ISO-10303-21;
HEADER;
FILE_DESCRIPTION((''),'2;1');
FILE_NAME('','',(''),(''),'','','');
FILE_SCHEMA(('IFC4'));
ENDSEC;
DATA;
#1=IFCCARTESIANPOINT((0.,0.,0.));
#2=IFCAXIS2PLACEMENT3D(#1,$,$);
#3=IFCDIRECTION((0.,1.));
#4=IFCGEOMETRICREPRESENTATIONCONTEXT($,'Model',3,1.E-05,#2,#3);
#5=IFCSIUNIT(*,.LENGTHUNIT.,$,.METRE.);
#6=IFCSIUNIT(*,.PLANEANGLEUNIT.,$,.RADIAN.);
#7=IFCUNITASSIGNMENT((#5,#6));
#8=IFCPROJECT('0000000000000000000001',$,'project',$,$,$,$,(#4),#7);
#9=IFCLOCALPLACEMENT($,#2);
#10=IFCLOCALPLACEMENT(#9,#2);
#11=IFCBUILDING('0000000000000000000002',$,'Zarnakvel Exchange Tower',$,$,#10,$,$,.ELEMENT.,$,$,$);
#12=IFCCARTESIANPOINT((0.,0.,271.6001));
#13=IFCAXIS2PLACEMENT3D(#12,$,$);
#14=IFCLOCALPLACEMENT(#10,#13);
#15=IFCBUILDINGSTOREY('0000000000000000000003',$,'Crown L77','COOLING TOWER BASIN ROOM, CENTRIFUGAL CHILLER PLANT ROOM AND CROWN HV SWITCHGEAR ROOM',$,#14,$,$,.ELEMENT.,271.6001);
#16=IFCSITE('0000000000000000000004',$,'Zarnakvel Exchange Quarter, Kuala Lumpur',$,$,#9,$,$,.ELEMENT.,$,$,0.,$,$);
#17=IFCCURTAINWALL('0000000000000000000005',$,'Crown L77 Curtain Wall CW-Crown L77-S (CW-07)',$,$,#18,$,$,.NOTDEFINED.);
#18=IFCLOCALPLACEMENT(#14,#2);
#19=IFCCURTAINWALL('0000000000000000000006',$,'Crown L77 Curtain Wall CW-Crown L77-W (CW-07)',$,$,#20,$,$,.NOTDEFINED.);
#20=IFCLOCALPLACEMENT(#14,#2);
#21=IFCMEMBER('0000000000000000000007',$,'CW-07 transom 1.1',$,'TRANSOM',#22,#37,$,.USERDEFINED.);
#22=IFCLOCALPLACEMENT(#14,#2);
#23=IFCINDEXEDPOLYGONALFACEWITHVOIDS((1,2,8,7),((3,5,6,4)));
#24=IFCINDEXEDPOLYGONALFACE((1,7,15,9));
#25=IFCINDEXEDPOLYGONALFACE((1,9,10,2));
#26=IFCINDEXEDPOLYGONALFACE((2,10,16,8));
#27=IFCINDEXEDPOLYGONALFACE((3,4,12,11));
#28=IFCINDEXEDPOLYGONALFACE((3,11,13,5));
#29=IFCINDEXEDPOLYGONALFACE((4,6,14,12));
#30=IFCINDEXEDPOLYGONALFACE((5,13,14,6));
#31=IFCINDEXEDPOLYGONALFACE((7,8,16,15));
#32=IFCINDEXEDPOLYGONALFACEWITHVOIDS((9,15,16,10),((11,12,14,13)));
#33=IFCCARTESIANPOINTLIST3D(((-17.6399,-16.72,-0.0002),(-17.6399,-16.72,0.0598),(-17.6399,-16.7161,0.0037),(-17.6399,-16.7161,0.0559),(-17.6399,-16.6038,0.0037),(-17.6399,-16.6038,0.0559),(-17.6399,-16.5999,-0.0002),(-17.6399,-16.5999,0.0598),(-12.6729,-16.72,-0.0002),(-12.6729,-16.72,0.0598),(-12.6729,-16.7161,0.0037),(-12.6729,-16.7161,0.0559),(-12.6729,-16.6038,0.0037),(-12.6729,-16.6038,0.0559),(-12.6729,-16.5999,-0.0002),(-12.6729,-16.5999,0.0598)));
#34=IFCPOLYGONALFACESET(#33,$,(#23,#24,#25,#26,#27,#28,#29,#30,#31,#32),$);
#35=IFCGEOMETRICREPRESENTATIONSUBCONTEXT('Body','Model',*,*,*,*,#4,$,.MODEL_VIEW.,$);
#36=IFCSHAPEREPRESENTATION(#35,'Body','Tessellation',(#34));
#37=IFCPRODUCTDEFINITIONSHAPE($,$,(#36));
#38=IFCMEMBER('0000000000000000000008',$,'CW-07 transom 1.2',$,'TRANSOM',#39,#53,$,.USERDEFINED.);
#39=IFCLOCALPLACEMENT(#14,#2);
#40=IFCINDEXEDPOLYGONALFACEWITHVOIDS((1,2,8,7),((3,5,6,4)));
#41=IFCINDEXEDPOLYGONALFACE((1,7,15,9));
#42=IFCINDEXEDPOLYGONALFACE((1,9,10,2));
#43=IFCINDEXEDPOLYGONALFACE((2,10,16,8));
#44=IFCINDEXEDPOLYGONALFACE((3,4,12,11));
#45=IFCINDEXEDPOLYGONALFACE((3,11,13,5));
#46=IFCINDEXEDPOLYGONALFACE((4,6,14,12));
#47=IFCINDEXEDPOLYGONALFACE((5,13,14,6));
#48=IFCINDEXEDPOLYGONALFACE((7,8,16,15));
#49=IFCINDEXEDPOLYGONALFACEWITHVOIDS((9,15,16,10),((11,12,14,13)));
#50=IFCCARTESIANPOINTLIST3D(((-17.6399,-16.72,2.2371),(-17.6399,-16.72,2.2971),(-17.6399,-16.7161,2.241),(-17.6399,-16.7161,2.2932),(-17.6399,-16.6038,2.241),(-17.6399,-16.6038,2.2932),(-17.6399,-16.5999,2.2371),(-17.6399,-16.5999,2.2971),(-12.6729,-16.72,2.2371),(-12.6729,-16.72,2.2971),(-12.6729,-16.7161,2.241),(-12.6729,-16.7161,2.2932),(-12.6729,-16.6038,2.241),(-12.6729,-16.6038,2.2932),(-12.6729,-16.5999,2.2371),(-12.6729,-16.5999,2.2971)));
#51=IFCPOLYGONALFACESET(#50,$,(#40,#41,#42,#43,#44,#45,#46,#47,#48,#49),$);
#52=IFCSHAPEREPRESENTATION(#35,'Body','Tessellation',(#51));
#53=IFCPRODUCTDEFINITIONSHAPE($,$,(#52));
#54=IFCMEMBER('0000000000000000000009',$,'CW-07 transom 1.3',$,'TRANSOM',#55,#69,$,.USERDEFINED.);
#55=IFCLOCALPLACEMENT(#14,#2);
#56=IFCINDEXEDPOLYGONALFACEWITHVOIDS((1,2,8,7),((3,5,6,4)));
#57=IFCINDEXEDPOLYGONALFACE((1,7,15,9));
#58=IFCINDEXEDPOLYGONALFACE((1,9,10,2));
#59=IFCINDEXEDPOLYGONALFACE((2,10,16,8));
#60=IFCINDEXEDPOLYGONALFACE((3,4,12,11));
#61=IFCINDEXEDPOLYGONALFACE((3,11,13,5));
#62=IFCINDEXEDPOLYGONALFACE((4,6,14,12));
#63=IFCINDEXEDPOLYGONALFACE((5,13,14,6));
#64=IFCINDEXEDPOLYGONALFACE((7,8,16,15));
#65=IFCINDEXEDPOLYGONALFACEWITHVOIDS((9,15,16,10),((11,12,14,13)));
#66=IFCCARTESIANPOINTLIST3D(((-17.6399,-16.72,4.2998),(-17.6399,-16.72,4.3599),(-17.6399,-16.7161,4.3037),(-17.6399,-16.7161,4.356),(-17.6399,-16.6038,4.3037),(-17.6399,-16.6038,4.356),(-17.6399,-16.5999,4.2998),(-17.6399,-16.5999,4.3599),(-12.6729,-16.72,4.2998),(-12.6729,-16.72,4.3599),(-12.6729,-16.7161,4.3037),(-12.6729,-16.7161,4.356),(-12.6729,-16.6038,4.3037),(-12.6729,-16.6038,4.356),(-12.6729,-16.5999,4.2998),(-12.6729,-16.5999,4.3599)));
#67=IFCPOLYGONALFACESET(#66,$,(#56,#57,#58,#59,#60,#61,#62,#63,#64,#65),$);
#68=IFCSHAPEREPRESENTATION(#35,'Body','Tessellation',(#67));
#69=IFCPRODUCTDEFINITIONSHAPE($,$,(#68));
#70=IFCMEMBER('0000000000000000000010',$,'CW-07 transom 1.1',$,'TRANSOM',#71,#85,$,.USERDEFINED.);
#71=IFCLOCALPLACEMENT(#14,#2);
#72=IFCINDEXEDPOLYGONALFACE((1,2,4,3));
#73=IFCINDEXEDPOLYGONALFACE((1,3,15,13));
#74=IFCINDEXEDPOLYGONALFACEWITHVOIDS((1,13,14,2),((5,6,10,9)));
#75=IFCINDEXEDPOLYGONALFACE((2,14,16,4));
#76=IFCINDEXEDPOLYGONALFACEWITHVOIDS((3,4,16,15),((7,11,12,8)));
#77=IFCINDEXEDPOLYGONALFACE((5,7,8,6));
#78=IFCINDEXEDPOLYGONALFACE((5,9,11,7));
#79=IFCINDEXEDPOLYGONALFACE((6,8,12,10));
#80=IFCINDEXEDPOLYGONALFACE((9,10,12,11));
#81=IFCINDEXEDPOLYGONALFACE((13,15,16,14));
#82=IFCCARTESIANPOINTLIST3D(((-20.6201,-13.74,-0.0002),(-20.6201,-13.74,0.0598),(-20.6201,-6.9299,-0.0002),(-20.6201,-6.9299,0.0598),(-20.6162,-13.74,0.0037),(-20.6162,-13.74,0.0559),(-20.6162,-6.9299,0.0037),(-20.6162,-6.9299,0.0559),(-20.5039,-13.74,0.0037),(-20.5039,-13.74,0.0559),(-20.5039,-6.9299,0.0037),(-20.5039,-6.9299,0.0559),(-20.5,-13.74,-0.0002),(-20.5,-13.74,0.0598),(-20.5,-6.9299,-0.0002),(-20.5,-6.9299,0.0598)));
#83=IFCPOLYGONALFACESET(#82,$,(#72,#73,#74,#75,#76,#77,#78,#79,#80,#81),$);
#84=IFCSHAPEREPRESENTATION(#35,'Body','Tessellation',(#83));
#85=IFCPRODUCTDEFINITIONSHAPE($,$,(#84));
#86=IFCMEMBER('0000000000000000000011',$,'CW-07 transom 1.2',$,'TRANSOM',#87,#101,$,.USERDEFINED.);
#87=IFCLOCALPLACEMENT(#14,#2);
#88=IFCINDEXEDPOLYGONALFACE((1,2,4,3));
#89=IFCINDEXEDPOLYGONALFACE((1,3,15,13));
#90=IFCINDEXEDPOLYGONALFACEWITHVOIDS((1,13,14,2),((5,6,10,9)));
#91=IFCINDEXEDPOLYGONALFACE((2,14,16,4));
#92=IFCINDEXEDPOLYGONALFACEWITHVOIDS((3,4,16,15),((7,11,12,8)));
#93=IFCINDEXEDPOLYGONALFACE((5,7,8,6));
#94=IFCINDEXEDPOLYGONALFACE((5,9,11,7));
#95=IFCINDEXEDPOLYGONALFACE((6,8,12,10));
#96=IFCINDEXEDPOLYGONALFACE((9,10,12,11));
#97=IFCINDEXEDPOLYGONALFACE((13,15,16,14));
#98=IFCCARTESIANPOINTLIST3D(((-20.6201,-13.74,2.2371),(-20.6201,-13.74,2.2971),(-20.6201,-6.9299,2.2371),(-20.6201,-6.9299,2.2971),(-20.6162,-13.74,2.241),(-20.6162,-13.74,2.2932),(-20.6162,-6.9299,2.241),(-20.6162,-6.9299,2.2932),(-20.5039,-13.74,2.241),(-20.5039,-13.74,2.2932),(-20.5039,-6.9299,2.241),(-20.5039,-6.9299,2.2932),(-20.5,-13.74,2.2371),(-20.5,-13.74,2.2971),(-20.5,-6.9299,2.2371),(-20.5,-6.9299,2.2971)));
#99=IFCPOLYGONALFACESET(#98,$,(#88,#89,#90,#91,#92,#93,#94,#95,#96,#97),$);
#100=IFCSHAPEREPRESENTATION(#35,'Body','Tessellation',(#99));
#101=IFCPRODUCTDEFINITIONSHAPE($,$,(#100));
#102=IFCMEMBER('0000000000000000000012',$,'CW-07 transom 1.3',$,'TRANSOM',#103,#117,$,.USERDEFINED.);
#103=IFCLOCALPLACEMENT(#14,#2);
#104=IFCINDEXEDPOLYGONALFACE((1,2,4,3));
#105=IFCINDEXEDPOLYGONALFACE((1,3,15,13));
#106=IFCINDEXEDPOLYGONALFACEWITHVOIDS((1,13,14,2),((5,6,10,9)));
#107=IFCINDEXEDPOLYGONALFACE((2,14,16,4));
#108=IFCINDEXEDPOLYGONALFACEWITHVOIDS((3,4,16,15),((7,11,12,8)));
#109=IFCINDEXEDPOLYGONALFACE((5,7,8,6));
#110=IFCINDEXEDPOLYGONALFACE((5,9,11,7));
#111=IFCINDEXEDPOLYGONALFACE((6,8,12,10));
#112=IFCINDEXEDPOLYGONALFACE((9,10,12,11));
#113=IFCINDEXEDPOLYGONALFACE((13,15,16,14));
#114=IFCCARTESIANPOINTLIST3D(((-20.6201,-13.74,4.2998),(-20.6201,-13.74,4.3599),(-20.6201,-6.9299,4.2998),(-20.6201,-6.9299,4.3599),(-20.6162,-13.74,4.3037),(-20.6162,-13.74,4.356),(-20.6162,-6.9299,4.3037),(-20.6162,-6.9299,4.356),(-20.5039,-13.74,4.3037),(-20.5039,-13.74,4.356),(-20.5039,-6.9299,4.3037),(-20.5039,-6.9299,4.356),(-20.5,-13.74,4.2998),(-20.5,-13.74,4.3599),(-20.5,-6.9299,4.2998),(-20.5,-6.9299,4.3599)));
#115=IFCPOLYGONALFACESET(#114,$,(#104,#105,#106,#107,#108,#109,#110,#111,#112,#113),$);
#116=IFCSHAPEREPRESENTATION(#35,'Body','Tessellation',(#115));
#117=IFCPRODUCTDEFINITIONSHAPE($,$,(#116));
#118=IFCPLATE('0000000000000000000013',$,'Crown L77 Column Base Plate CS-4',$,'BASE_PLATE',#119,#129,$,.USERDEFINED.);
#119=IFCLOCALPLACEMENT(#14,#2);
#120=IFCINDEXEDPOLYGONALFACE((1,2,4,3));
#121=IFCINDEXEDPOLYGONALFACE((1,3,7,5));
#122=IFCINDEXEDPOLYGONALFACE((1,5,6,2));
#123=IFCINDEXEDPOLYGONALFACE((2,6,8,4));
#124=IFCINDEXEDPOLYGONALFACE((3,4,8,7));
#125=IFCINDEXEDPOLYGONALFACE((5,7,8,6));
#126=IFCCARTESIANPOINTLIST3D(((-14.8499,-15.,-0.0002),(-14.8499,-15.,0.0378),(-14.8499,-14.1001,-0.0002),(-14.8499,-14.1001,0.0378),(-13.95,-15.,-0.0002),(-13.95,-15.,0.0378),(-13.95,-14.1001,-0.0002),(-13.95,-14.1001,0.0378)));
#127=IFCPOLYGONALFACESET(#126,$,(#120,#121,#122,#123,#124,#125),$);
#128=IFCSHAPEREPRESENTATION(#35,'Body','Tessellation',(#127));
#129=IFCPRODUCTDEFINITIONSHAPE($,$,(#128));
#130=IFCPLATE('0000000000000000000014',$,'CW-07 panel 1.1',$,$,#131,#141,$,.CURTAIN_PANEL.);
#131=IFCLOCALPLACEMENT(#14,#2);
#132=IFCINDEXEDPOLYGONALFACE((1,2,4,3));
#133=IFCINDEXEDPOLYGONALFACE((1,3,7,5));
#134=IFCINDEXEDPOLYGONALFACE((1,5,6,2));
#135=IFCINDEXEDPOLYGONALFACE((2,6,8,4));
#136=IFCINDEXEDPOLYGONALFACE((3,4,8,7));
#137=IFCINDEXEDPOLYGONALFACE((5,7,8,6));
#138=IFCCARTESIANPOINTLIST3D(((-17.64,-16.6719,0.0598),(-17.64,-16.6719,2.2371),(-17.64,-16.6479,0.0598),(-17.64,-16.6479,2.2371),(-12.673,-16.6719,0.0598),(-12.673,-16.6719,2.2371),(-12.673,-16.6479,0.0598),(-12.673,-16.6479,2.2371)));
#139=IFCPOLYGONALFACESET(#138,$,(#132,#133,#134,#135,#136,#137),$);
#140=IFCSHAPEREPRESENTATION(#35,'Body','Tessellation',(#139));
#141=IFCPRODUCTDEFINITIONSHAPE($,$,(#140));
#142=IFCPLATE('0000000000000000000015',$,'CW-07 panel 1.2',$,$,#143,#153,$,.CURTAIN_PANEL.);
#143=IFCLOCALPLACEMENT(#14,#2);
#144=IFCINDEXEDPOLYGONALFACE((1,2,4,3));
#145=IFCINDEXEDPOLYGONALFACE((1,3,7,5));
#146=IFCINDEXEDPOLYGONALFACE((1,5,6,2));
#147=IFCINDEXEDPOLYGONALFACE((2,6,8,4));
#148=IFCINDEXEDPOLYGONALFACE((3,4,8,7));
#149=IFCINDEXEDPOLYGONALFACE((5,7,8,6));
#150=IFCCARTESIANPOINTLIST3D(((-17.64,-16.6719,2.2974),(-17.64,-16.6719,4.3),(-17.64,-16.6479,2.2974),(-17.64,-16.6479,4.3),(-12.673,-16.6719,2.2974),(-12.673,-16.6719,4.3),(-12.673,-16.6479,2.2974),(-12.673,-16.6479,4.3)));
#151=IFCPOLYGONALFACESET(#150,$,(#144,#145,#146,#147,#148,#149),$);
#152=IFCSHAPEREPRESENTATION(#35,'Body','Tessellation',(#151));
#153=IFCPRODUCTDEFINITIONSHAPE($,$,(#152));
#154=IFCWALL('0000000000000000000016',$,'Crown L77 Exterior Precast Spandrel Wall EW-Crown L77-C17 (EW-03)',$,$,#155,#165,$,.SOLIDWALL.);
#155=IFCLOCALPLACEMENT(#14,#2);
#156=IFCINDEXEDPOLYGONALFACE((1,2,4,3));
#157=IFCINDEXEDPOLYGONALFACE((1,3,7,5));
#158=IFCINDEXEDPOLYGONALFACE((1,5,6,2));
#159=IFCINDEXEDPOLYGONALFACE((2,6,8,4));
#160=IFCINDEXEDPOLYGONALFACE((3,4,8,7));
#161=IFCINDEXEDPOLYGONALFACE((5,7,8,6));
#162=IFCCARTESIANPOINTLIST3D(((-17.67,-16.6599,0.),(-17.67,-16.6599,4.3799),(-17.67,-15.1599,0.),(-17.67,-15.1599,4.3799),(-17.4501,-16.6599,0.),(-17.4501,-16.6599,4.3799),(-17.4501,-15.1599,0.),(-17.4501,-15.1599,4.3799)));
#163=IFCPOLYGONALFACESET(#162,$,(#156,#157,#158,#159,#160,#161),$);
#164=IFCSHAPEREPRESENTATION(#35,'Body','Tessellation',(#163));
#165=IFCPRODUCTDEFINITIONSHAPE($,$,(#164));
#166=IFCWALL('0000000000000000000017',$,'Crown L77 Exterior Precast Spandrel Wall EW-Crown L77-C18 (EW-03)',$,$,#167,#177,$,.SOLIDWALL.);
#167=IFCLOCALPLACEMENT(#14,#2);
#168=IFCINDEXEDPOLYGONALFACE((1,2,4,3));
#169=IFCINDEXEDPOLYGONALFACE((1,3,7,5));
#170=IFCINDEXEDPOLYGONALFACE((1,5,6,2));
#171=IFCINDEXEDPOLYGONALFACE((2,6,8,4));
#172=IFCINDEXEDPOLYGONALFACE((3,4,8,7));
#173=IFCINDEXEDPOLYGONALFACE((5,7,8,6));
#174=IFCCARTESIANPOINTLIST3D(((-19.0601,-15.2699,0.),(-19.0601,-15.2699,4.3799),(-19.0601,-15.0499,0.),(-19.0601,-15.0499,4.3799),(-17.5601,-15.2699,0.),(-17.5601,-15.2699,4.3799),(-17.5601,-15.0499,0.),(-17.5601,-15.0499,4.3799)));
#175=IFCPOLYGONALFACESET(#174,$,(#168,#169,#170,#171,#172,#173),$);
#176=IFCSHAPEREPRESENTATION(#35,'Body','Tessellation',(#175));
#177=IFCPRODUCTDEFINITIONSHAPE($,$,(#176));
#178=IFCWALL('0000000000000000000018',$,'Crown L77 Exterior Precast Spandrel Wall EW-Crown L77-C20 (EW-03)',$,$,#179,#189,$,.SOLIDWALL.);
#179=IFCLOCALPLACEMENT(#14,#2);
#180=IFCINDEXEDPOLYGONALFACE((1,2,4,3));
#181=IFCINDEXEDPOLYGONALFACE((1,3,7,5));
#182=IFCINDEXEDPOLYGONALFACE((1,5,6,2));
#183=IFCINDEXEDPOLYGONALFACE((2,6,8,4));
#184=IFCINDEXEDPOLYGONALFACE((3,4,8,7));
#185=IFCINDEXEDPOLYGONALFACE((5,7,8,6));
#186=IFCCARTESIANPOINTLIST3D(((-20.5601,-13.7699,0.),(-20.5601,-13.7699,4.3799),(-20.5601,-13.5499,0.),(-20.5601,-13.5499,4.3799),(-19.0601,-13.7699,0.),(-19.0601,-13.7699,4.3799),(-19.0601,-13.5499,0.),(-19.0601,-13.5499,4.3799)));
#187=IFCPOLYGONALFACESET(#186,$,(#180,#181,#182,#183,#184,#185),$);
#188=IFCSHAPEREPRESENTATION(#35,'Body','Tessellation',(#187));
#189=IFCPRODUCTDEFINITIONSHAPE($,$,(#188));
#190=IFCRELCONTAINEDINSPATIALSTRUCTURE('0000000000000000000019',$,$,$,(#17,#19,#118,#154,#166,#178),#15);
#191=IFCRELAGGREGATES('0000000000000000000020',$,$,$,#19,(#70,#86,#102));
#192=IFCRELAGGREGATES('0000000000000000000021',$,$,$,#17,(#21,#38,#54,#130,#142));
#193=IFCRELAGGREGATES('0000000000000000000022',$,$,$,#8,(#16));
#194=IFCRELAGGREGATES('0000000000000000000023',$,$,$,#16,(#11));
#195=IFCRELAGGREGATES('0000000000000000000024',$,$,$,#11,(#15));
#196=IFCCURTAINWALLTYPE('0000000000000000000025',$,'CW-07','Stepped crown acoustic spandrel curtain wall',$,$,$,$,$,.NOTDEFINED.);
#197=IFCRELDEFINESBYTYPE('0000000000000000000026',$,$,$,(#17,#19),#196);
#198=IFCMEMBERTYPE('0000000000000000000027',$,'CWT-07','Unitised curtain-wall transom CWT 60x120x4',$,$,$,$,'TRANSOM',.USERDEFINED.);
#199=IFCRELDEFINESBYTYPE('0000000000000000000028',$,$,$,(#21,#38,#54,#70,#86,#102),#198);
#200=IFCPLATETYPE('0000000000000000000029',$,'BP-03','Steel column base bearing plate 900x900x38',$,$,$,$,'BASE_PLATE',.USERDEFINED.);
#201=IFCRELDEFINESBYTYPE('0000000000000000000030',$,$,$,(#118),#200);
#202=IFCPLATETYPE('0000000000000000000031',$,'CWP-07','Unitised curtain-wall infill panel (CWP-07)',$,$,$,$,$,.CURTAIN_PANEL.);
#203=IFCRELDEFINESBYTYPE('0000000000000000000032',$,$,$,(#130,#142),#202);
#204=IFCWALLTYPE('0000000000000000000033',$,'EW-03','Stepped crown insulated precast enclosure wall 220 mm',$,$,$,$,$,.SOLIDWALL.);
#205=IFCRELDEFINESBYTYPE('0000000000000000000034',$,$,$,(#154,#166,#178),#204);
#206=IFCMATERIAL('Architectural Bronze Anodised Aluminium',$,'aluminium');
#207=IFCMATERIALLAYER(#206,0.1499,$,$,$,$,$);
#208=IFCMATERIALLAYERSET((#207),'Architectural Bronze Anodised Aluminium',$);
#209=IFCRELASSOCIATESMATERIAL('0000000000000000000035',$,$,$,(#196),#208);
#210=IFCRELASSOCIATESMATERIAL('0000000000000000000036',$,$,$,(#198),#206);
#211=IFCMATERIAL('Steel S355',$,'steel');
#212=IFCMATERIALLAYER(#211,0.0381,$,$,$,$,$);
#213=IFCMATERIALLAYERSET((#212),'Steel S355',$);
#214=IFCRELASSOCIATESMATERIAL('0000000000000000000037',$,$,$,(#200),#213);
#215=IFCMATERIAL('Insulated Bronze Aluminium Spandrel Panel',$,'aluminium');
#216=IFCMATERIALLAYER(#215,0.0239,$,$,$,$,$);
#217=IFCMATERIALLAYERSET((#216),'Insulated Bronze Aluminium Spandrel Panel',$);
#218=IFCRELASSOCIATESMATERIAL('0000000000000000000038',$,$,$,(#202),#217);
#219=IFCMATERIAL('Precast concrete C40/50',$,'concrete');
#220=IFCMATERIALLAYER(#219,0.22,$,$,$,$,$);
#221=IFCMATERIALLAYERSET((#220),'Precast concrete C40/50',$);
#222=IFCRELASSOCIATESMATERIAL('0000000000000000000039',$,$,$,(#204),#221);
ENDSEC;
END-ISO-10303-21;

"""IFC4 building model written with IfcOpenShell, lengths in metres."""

from ifc_helpers import new_model, si_unit, direction, frame, frame_2d, origin, origin_2d, place, context, subcontext, project, spatial, rectangle, hollow_rectangle, extrude, source, transform, mapped, material, layer, layer_set, material_profile, profile_set, type_object, element, aggregate, save


model = new_model("IFC4")

# Units and contexts
model_context = context("Model", 3, precision=1e-05, world=origin(), true_north=direction((0.0, 1.0)))
body_context = subcontext(model_context, "Body", "Model", "MODEL_VIEW")
ifc_project = project(units=[si_unit("LENGTHUNIT", "METRE"), si_unit("PLANEANGLEUNIT", "RADIAN")], contexts=[model_context])

# Site, building, storey
site_placement = place(None, origin())
site = spatial("IfcSite", under=ifc_project, at=site_placement, Name="Zarnakvel Exchange Quarter, Kuala Lumpur", CompositionType="ELEMENT", RefElevation=0.0)
building_placement = place(site_placement, origin())
building = spatial("IfcBuilding", under=site, at=building_placement, Name="Zarnakvel Exchange Tower", CompositionType="ELEMENT")
storey_placement = place(building_placement, frame((0.0, 0.0, 271.6001)))
storey = spatial("IfcBuildingStorey", under=building, at=storey_placement, Name="Crown L77", Description="COOLING TOWER BASIN ROOM, CENTRIFUGAL CHILLER PLANT ROOM AND CROWN HV SWITCHGEAR ROOM", CompositionType="ELEMENT", Elevation=271.6001)

# Shared definitions
ifc_material_1 = material(Name="Steel S355", Category="steel")

# Curtain walls
ifc_material_2 = material(Name="Architectural Bronze Anodised Aluminium", Category="aluminium")
ifc_layer_1 = layer(ifc_material_2, 0.1499)
ifc_layer_set_1 = layer_set([ifc_layer_1], Name="Architectural Bronze Anodised Aluminium")
curtain_wall_type = type_object("IfcCurtainWallType", Name="CW-07", Description="Stepped crown acoustic spandrel curtain wall", PredefinedType="NOTDEFINED", material=ifc_layer_set_1)
curtain_wall_1_placement = place(storey_placement, origin())
curtain_wall_1 = element("IfcCurtainWall", 1, at=curtain_wall_1_placement, inside=storey, type_object=curtain_wall_type, Name="Crown L77 Curtain Wall CW-Crown L77-S (CW-07)", PredefinedType="NOTDEFINED")
curtain_wall_2_placement = place(storey_placement, origin())
curtain_wall_2 = element("IfcCurtainWall", 2, at=curtain_wall_2_placement, inside=storey, type_object=curtain_wall_type, Name="Crown L77 Curtain Wall CW-Crown L77-W (CW-07)", PredefinedType="NOTDEFINED")

# Members
ifc_material_profile_1 = material_profile(ifc_material_2, hollow_rectangle(XDim=0.1201, YDim=0.0601, WallThickness=0.0039, at=origin_2d()))
ifc_profile_set_1 = profile_set([ifc_material_profile_1], Name="Architectural Bronze Anodised Aluminium")
member_type_1 = type_object("IfcMemberType", Name="CWT-07", Description="Unitised curtain-wall transom CWT 60x120x4", ElementType="TRANSOM", PredefinedType="USERDEFINED", material=ifc_profile_set_1)
shared_shape_1 = source(origin(), body_context, "Body", "SweptSolid", [
    extrude(hollow_rectangle(XDim=0.1201, YDim=0.0601, WallThickness=0.0039, at=origin_2d()), origin(), (0.0, 0.0, 1.0), 4.967),
])
member_1_placement = place(storey_placement, frame((-17.6399, -16.6599, 0.0298), z_axis=(1.0, 0.0, 0.0), x_axis=(0.0, 1.0, 0.0)))
member_1 = element("IfcMember", 3, at=member_1_placement, type_object=member_type_1, Name="CW-07 transom 1.1", ObjectType="TRANSOM", PredefinedType="USERDEFINED", context=body_context, shape_type="MappedRepresentation", body=[
    mapped(shared_shape_1, transform((0.0, 0.0, 0.0), x_axis=(1.0, 0.0, 0.0), y_axis=(0.0, 1.0, 0.0), z_axis=(0.0, 0.0, 1.0), scale=1.0)),
])
member_2_placement = place(storey_placement, frame((-17.6399, -16.6599, 2.2671), z_axis=(1.0, 0.0, 0.0), x_axis=(0.0, 1.0, 0.0)))
member_2 = element("IfcMember", 4, at=member_2_placement, type_object=member_type_1, Name="CW-07 transom 1.2", ObjectType="TRANSOM", PredefinedType="USERDEFINED", context=body_context, shape_type="MappedRepresentation", body=[
    mapped(shared_shape_1, transform((0.0, 0.0, 0.0), x_axis=(1.0, 0.0, 0.0), y_axis=(0.0, 1.0, 0.0), z_axis=(0.0, 0.0, 1.0), scale=1.0)),
])
member_3_placement = place(storey_placement, frame((-17.6399, -16.6599, 4.3298), z_axis=(1.0, 0.0, 0.0), x_axis=(0.0, 1.0, 0.0)))
member_3 = element("IfcMember", 5, at=member_3_placement, type_object=member_type_1, Name="CW-07 transom 1.3", ObjectType="TRANSOM", PredefinedType="USERDEFINED", context=body_context, shape_type="MappedRepresentation", body=[
    mapped(shared_shape_1, transform((0.0, 0.0, 0.0), x_axis=(1.0, 0.0, 0.0), y_axis=(0.0, 1.0, 0.0), z_axis=(0.0, 0.0, 1.0), scale=1.0)),
])
shared_shape_2 = source(origin(), body_context, "Body", "SweptSolid", [
    extrude(hollow_rectangle(XDim=0.1201, YDim=0.0601, WallThickness=0.0039, at=origin_2d()), origin(), (0.0, 0.0, 1.0), 6.8101),
])
member_4_placement = place(storey_placement, frame((-20.5601, -13.74, 0.0298), z_axis=(0.0, 1.0, 0.0), x_axis=(-1.0, 0.0, 0.0)))
member_4 = element("IfcMember", 6, at=member_4_placement, type_object=member_type_1, Name="CW-07 transom 1.1", ObjectType="TRANSOM", PredefinedType="USERDEFINED", context=body_context, shape_type="MappedRepresentation", body=[
    mapped(shared_shape_2, transform((0.0, 0.0, 0.0), x_axis=(1.0, 0.0, 0.0), y_axis=(0.0, 1.0, 0.0), z_axis=(0.0, 0.0, 1.0), scale=1.0)),
])
member_5_placement = place(storey_placement, frame((-20.5601, -13.74, 2.2671), z_axis=(0.0, 1.0, 0.0), x_axis=(-1.0, 0.0, 0.0)))
member_5 = element("IfcMember", 7, at=member_5_placement, type_object=member_type_1, Name="CW-07 transom 1.2", ObjectType="TRANSOM", PredefinedType="USERDEFINED", context=body_context, shape_type="MappedRepresentation", body=[
    mapped(shared_shape_2, transform((0.0, 0.0, 0.0), x_axis=(1.0, 0.0, 0.0), y_axis=(0.0, 1.0, 0.0), z_axis=(0.0, 0.0, 1.0), scale=1.0)),
])
member_6_placement = place(storey_placement, frame((-20.5601, -13.74, 4.3298), z_axis=(0.0, 1.0, 0.0), x_axis=(-1.0, 0.0, 0.0)))
member_6 = element("IfcMember", 8, at=member_6_placement, type_object=member_type_1, Name="CW-07 transom 1.3", ObjectType="TRANSOM", PredefinedType="USERDEFINED", context=body_context, shape_type="MappedRepresentation", body=[
    mapped(shared_shape_2, transform((0.0, 0.0, 0.0), x_axis=(1.0, 0.0, 0.0), y_axis=(0.0, 1.0, 0.0), z_axis=(0.0, 0.0, 1.0), scale=1.0)),
])
aggregate(curtain_wall_2, [member_4, member_5, member_6])

# Plates
ifc_layer_2 = layer(ifc_material_1, 0.0381)
ifc_layer_set_2 = layer_set([ifc_layer_2], Name="Steel S355")
plate_type_1 = type_object("IfcPlateType", Name="BP-03", Description="Steel column base bearing plate 900x900x38", ElementType="BASE_PLATE", PredefinedType="USERDEFINED", material=ifc_layer_set_2)
shared_shape_3 = source(origin(), body_context, "Body", "SweptSolid", [
    extrude(rectangle(XDim=0.8999, YDim=0.8999, at=origin_2d()), origin(), (0.0, 0.0, 1.0), 0.0381),
])
plate_1_placement = place(storey_placement, frame((-14.3999, -14.55, -0.0002), z_axis=(0.0, 0.0, 1.0), x_axis=(1.0, 0.0, 0.0)))
element("IfcPlate", 9, at=plate_1_placement, inside=storey, type_object=plate_type_1, Name="Crown L77 Column Base Plate CS-4", ObjectType="BASE_PLATE", PredefinedType="USERDEFINED", context=body_context, shape_type="MappedRepresentation", body=[
    mapped(shared_shape_3, transform((0.0, 0.0, 0.0), x_axis=(1.0, 0.0, 0.0), y_axis=(0.0, 1.0, 0.0), z_axis=(0.0, 0.0, 1.0), scale=1.0)),
])
ifc_material_3 = material(Name="Insulated Bronze Aluminium Spandrel Panel", Category="aluminium")
ifc_layer_3 = layer(ifc_material_3, 0.0239)
ifc_layer_set_3 = layer_set([ifc_layer_3], Name="Insulated Bronze Aluminium Spandrel Panel")
plate_type_2 = type_object("IfcPlateType", Name="CWP-07", Description="Unitised curtain-wall infill panel (CWP-07)", PredefinedType="CURTAIN_PANEL", material=ifc_layer_set_3)
shared_shape_4 = source(origin(), body_context, "Body", "SweptSolid", [
    extrude(rectangle(XDim=4.967, YDim=0.0239, at=origin_2d()), origin(), (0.0, 0.0, 1.0), 2.1772),
])
plate_2_placement = place(storey_placement, frame((-15.1565, -16.6599, 0.0598), z_axis=(0.0, 0.0, 1.0), x_axis=(1.0, 0.0, 0.0)))
plate_2 = element("IfcPlate", 10, at=plate_2_placement, type_object=plate_type_2, Name="CW-07 panel 1.1", PredefinedType="CURTAIN_PANEL", context=body_context, shape_type="MappedRepresentation", body=[
    mapped(shared_shape_4, transform((0.0, 0.0, 0.0), x_axis=(1.0, 0.0, 0.0), y_axis=(0.0, 1.0, 0.0), z_axis=(0.0, 0.0, 1.0), scale=1.0)),
])
shared_shape_5 = source(origin(), body_context, "Body", "SweptSolid", [
    extrude(rectangle(XDim=4.967, YDim=0.0239, at=origin_2d()), origin(), (0.0, 0.0, 1.0), 2.0027),
])
plate_3_placement = place(storey_placement, frame((-15.1565, -16.6599, 2.2974), z_axis=(0.0, 0.0, 1.0), x_axis=(1.0, 0.0, 0.0)))
plate_3 = element("IfcPlate", 11, at=plate_3_placement, type_object=plate_type_2, Name="CW-07 panel 1.2", PredefinedType="CURTAIN_PANEL", context=body_context, shape_type="MappedRepresentation", body=[
    mapped(shared_shape_5, transform((0.0, 0.0, 0.0), x_axis=(1.0, 0.0, 0.0), y_axis=(0.0, 1.0, 0.0), z_axis=(0.0, 0.0, 1.0), scale=1.0)),
])
aggregate(curtain_wall_1, [member_1, member_2, member_3, plate_2, plate_3])

# Walls
ifc_material_4 = material(Name="Precast concrete C40/50", Category="concrete")
ifc_layer_4 = layer(ifc_material_4, 0.22)
ifc_layer_set_4 = layer_set([ifc_layer_4], Name="Precast concrete C40/50")
wall_type = type_object("IfcWallType", Name="EW-03", Description="Stepped crown insulated precast enclosure wall 220 mm", PredefinedType="SOLIDWALL", material=ifc_layer_set_4)
for number, where, z_axis, x_axis, name in (
    (12, (-17.5601, -15.1599, 0.0), (0.0, 0.0, 1.0), (0.0, -1.0, 0.0), "Crown L77 Exterior Precast Spandrel Wall EW-Crown L77-C17 (EW-03)"),
    (13, (-19.0601, -15.1599, 0.0), (0.0, 0.0, 1.0), (1.0, 0.0, 0.0), "Crown L77 Exterior Precast Spandrel Wall EW-Crown L77-C18 (EW-03)"),
    (14, (-20.5601, -13.6599, 0.0), (0.0, 0.0, 1.0), (1.0, 0.0, 0.0), "Crown L77 Exterior Precast Spandrel Wall EW-Crown L77-C20 (EW-03)"),
):
    element("IfcWall", number, at=place(storey_placement, frame(where, z_axis=z_axis, x_axis=x_axis)), inside=storey, type_object=wall_type, Name=name, PredefinedType="SOLIDWALL", context=body_context, shape_type="SweptSolid", body=[
        extrude(rectangle(XDim=1.5, YDim=0.22, at=frame_2d((0.75, 0.0))), origin(), (0.0, 0.0, 1.0), 4.3799),
    ])

save(model, "model.ifc")
